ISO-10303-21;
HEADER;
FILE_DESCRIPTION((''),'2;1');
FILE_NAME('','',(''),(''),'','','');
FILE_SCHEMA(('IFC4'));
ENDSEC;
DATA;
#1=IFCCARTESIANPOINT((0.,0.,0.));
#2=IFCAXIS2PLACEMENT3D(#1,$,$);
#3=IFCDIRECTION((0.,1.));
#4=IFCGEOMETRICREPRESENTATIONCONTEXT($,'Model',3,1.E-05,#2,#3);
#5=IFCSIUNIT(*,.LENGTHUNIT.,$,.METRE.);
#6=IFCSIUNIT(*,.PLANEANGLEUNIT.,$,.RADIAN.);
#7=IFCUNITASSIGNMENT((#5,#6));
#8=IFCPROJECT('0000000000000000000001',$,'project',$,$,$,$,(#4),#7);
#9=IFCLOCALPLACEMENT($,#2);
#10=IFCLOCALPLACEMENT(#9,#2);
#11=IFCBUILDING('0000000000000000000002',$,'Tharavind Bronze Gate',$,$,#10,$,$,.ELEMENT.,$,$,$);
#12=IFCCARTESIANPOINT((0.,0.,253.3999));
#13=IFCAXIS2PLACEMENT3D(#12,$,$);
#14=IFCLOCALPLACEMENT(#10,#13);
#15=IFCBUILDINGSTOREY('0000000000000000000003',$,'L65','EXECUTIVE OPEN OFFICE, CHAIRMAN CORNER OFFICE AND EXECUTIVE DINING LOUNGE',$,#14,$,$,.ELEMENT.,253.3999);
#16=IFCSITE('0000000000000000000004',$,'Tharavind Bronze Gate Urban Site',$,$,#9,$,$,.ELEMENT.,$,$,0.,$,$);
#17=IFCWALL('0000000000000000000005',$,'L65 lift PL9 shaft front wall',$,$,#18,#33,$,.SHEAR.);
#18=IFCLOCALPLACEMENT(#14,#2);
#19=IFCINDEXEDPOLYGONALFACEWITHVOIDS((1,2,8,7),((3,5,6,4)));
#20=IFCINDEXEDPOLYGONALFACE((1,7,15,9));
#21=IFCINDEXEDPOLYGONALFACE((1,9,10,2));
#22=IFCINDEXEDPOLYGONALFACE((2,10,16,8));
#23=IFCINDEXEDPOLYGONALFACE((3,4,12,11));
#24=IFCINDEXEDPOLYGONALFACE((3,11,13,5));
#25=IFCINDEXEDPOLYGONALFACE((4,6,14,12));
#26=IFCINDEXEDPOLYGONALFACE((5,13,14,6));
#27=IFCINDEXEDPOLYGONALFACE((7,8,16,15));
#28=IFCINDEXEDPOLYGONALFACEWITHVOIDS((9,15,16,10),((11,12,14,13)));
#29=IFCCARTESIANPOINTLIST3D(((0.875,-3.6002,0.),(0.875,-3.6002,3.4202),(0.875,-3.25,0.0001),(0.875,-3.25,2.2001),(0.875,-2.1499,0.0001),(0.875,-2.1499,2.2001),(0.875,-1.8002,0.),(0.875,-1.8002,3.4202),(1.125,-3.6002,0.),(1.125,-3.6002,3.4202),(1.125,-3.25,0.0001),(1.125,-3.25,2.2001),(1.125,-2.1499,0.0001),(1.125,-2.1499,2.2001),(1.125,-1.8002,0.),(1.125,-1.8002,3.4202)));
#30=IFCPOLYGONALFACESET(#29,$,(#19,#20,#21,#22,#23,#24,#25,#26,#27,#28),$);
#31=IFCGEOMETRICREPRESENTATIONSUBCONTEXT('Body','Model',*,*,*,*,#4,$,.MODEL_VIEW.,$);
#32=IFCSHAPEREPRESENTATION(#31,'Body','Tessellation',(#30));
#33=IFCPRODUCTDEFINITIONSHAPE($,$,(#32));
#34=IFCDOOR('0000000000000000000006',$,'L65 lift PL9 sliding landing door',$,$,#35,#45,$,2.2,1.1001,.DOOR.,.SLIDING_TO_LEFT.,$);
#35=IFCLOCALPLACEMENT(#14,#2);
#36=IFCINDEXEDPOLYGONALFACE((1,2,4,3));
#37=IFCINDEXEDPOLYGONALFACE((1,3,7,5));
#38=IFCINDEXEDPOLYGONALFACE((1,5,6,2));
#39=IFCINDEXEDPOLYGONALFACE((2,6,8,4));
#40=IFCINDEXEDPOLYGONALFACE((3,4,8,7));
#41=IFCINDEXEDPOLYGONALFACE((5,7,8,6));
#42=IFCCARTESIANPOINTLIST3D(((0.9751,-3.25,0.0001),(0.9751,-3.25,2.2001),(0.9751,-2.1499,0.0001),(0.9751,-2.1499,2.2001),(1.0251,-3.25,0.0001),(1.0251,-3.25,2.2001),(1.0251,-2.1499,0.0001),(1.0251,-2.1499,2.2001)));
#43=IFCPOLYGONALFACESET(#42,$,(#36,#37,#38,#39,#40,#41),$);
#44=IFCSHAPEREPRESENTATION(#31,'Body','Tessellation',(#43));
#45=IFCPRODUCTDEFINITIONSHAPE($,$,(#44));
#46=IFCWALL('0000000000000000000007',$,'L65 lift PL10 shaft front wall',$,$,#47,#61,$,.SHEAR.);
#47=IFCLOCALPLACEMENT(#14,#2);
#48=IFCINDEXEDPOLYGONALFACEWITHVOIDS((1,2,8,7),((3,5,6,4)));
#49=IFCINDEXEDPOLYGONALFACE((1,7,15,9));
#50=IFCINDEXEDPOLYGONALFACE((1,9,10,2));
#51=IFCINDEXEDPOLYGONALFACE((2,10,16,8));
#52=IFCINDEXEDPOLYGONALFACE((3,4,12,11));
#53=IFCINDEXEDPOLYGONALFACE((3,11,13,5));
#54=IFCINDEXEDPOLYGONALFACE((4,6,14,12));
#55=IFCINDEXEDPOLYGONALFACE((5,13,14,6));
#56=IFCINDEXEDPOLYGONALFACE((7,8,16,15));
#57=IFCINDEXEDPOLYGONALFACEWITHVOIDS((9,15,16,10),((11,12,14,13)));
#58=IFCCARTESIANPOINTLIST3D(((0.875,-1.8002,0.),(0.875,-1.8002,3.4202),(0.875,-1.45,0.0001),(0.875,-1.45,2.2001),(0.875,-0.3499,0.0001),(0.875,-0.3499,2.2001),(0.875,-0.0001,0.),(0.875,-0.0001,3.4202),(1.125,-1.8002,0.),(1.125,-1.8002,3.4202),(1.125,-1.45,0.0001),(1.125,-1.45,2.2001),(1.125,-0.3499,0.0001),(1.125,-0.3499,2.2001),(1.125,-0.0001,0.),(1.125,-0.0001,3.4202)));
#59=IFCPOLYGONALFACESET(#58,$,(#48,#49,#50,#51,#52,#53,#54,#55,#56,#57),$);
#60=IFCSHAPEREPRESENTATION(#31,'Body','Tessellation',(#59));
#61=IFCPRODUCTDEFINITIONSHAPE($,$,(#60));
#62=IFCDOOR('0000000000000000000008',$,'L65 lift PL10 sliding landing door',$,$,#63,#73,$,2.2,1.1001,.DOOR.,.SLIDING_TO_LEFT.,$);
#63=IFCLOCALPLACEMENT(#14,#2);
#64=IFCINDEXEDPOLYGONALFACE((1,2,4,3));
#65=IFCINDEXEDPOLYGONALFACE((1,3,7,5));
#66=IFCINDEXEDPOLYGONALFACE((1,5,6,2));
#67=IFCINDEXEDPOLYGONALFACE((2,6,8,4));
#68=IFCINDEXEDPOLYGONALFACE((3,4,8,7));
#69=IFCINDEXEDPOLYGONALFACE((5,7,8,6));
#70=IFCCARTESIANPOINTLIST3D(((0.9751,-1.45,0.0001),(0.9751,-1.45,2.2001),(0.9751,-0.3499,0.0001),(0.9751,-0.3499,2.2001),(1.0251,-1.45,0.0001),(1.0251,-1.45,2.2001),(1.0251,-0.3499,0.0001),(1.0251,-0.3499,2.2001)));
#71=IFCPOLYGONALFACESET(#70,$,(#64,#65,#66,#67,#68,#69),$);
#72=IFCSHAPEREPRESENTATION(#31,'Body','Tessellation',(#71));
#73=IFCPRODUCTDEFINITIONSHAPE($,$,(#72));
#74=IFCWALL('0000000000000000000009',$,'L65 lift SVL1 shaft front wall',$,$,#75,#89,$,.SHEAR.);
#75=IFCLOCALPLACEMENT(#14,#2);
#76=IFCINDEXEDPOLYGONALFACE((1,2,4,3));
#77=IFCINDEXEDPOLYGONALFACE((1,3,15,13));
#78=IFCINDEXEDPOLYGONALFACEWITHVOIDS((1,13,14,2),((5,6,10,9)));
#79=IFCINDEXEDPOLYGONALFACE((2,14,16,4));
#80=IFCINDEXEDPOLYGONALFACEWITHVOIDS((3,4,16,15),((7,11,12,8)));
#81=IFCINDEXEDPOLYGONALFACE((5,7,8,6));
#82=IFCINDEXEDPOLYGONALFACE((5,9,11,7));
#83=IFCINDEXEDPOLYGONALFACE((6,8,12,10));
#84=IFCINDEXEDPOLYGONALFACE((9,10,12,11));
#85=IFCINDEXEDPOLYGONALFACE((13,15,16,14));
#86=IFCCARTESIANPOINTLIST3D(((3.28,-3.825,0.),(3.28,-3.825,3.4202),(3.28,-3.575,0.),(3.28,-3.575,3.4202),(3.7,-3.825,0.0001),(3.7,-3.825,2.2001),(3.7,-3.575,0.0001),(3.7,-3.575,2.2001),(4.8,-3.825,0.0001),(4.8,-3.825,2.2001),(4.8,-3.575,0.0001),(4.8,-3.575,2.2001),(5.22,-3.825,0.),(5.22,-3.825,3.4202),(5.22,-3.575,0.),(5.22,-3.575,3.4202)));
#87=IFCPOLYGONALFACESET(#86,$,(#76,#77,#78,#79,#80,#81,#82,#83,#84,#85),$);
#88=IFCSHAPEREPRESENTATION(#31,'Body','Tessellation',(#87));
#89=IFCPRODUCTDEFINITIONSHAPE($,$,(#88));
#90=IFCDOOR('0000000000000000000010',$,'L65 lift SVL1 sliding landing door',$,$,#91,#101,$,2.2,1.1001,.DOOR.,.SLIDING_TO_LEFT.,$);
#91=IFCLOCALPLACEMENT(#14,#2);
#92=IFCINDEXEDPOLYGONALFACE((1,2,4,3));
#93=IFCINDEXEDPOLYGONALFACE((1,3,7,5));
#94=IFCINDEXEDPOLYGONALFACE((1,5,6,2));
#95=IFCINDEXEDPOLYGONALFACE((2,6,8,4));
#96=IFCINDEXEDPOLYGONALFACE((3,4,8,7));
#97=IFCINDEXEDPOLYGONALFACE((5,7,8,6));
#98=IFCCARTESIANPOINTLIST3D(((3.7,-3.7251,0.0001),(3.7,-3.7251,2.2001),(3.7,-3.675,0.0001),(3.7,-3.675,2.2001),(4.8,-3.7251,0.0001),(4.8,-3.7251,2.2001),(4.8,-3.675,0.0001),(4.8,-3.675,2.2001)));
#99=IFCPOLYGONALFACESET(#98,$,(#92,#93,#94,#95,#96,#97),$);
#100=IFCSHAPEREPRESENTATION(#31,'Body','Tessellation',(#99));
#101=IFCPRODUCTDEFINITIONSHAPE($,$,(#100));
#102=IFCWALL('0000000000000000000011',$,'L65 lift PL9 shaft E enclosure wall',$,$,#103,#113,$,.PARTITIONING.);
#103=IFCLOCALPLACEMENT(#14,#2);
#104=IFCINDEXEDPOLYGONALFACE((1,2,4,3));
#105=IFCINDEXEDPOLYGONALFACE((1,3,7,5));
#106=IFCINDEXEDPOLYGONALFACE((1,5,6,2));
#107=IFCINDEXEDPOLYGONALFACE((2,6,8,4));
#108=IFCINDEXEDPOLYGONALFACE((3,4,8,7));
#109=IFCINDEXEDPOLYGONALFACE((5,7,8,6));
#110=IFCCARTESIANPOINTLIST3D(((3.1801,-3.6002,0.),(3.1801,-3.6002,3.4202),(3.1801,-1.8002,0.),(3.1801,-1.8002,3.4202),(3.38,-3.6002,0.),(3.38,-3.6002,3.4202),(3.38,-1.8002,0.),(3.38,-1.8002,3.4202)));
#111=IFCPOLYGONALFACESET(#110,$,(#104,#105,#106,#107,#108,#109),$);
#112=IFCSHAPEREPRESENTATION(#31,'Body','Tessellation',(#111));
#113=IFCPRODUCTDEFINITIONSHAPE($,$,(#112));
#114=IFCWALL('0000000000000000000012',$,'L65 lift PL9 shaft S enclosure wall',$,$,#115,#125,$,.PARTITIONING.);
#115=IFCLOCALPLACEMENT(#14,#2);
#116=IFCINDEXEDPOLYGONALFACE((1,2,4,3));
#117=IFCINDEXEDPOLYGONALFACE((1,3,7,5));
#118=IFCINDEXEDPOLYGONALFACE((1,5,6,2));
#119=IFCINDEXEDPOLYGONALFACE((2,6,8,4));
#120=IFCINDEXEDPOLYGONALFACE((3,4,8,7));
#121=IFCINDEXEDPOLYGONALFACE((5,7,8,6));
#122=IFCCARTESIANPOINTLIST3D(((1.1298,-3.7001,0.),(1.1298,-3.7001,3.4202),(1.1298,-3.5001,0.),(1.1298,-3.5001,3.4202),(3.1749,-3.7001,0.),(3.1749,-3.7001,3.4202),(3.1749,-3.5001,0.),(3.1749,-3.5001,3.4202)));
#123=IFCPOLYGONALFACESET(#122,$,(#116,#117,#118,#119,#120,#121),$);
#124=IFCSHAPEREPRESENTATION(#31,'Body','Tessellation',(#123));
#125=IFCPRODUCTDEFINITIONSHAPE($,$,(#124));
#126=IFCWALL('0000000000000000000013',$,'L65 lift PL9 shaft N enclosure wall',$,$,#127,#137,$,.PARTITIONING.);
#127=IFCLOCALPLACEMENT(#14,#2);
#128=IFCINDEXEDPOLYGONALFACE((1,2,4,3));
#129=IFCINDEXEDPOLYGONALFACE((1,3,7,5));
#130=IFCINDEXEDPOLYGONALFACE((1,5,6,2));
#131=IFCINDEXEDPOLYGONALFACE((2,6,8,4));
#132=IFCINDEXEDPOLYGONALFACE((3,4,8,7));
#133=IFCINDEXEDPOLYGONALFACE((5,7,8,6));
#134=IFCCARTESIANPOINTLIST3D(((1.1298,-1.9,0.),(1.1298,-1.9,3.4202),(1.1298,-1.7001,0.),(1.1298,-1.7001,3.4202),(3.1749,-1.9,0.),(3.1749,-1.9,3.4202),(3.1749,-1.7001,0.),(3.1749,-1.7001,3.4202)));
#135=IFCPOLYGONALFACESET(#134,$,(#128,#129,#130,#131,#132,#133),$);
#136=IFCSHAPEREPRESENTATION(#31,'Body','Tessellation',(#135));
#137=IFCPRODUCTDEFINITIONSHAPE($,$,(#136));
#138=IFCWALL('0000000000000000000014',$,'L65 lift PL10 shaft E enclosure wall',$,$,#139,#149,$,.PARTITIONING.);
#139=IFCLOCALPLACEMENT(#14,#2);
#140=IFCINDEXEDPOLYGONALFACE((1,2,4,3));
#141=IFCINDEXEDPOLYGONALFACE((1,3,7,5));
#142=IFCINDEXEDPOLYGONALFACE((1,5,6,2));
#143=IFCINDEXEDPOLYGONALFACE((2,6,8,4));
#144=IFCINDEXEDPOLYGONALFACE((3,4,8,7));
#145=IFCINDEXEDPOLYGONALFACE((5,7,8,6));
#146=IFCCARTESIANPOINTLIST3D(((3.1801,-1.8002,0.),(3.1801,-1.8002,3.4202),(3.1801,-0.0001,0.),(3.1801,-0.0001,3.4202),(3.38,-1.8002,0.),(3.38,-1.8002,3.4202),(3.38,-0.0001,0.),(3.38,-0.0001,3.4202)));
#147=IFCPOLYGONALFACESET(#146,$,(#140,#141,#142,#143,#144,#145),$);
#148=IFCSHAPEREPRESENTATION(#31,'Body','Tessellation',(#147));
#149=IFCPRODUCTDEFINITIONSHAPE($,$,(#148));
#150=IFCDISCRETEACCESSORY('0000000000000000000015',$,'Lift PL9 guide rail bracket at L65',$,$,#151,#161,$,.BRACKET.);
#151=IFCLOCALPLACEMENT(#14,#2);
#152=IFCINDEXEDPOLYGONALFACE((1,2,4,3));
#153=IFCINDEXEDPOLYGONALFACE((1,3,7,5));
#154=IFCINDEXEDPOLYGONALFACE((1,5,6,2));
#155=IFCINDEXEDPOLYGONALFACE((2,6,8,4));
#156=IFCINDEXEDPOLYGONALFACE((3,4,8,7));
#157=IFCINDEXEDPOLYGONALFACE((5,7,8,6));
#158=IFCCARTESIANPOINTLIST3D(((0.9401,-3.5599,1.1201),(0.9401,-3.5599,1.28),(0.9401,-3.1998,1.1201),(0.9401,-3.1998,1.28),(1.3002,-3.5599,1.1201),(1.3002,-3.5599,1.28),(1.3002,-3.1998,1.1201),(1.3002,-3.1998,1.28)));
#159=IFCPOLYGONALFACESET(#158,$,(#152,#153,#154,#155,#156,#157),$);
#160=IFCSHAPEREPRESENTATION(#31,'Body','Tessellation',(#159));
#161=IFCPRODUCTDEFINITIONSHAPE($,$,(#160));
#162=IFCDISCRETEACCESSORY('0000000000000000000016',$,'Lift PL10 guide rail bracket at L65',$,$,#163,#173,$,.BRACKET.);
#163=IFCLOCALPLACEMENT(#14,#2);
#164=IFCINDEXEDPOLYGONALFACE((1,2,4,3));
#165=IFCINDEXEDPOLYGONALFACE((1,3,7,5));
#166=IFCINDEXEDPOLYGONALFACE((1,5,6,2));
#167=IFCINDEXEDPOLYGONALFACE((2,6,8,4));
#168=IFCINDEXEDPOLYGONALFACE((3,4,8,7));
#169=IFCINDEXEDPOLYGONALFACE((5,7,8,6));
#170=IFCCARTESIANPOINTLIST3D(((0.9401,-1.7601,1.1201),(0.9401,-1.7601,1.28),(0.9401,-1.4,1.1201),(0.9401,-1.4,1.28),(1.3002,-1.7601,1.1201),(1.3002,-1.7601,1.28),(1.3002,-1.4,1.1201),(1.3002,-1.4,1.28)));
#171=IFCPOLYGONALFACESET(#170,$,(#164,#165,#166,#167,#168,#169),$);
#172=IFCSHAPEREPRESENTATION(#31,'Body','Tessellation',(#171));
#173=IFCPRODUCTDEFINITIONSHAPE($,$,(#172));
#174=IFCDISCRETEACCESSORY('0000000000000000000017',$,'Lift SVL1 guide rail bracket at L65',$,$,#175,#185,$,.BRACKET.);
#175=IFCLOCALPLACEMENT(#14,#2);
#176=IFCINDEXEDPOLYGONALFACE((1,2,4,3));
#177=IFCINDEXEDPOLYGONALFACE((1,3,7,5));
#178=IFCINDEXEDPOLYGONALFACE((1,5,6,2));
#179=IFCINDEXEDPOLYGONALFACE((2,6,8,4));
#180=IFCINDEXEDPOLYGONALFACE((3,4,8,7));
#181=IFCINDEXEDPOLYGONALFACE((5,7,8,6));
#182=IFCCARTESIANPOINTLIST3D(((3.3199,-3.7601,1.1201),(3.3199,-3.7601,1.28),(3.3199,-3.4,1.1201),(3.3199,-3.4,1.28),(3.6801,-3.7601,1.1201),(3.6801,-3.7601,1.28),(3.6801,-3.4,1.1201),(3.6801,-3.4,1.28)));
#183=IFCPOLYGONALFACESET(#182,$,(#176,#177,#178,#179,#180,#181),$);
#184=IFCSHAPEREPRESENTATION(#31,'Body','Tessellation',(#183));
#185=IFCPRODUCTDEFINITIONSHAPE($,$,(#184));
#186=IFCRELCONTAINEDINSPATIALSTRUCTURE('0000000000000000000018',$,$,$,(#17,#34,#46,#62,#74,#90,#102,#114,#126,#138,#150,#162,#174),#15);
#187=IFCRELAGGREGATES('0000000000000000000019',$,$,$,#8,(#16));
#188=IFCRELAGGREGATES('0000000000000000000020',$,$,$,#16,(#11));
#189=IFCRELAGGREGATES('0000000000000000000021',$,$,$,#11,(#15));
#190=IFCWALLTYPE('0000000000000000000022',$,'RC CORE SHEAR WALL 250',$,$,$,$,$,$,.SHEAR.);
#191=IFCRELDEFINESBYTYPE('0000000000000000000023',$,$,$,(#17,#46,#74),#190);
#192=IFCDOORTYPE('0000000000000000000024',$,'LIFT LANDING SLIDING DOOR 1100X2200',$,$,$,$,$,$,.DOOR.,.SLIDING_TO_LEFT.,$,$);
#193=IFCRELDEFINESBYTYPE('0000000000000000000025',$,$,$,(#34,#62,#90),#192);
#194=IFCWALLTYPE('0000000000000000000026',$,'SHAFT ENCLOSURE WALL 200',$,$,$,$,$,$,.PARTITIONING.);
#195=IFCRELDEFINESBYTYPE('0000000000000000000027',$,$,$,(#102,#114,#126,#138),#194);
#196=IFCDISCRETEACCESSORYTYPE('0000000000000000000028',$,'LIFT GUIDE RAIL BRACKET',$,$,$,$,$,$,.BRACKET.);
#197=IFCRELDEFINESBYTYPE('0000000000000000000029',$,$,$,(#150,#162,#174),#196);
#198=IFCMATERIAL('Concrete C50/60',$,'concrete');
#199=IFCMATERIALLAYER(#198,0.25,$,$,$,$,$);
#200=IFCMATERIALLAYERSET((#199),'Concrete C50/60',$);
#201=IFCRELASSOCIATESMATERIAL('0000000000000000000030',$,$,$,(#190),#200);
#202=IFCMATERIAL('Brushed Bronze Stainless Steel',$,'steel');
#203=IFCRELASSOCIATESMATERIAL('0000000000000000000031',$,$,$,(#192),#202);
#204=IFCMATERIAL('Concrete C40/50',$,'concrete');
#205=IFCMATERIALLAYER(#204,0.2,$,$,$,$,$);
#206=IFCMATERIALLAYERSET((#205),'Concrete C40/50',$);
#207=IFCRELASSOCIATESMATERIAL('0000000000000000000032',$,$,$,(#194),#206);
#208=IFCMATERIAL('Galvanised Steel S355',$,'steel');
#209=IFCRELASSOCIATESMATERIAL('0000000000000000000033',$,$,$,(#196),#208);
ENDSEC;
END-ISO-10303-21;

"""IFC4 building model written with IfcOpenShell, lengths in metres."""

from ifc_helpers import new_model, si_unit, direction, frame, frame_2d, origin, origin_2d, place, context, subcontext, project, spatial, rectangle, extrude, material, layer, layer_set, type_object, element, fill, save


model = new_model("IFC4")

# Units and contexts
model_context = context("Model", 3, precision=1e-05, world=origin(), true_north=direction((0.0, 1.0)))
body_context = subcontext(model_context, "Body", "Model", "MODEL_VIEW")
ifc_project = project(units=[si_unit("LENGTHUNIT", "METRE"), si_unit("PLANEANGLEUNIT", "RADIAN")], contexts=[model_context])

# Site, building, storey
site_placement = place(None, origin())
site = spatial("IfcSite", under=ifc_project, at=site_placement, Name="Tharavind Bronze Gate Urban Site", CompositionType="ELEMENT", RefElevation=0.0)
building_placement = place(site_placement, origin())
building = spatial("IfcBuilding", under=site, at=building_placement, Name="Tharavind Bronze Gate", CompositionType="ELEMENT")
storey_placement = place(building_placement, frame((0.0, 0.0, 253.3999)))
storey = spatial("IfcBuildingStorey", under=building, at=storey_placement, Name="L65", Description="EXECUTIVE OPEN OFFICE, CHAIRMAN CORNER OFFICE AND EXECUTIVE DINING LOUNGE", CompositionType="ELEMENT", Elevation=253.3999)

# Shared definitions
ifc_material_1 = material(Name="Concrete C50/60", Category="concrete")

# Shared definitions
ifc_layer_1 = layer(ifc_material_1, 0.25)
ifc_layer_set_1 = layer_set([ifc_layer_1], Name="Concrete C50/60")
wall_type_1 = type_object("IfcWallType", Name="RC CORE SHEAR WALL 250", PredefinedType="SHEAR", material=ifc_layer_set_1)

# Walls, openings, doors
wall_1_placement = place(storey_placement, frame((1.0, -3.6001, 0.0), z_axis=(0.0, 0.0, 1.0), x_axis=(0.0, 1.0, 0.0)))
wall_1 = element("IfcWall", 1, at=wall_1_placement, inside=storey, type_object=wall_type_1, Name="L65 lift PL9 shaft front wall", PredefinedType="SHEAR", context=body_context, shape_type="SweptSolid", body=[
    extrude(rectangle(XDim=1.8, YDim=0.25, at=frame_2d((0.8999, 0.0))), origin(), (0.0, 0.0, 1.0), 3.4202),
])
opening_1_placement = place(wall_1_placement, frame((0.3501, 0.0, 0.0)))
opening_1 = element("IfcOpeningElement", 2, at=opening_1_placement, cuts=wall_1, PredefinedType="OPENING", context=body_context, shape_type="SweptSolid", body=[
    extrude(rectangle(XDim=1.1001, YDim=2.2, at=frame_2d((0.55, 1.1001))), frame((0.0, 0.135, 0.0), z_axis=(0.0, -1.0, 0.0), x_axis=(1.0, 0.0, 0.0)), (0.0, 0.0, 1.0), 0.27),
])
ifc_material_2 = material(Name="Brushed Bronze Stainless Steel", Category="steel")
door_type = type_object("IfcDoorType", Name="LIFT LANDING SLIDING DOOR 1100X2200", OperationType="SLIDING_TO_LEFT", PredefinedType="DOOR", material=ifc_material_2)
door_1_placement = place(opening_1_placement, origin())
door_1 = element("IfcDoor", 3, at=door_1_placement, inside=storey, type_object=door_type, Name="L65 lift PL9 sliding landing door", OperationType="SLIDING_TO_LEFT", OverallHeight=2.2, OverallWidth=1.1001, PredefinedType="DOOR", context=body_context, shape_type="SweptSolid", body=[
    extrude(rectangle(XDim=1.1001, YDim=2.2, at=frame_2d((0.55, 1.1001))), frame((0.0, 0.0249, 0.0), z_axis=(0.0, -1.0, 0.0), x_axis=(1.0, 0.0, 0.0)), (0.0, 0.0, 1.0), 0.05),
])
fill(opening_1, door_1)
wall_2_placement = place(storey_placement, frame((1.0, -1.8, 0.0), z_axis=(0.0, 0.0, 1.0), x_axis=(0.0, 1.0, 0.0)))
wall_2 = element("IfcWall", 4, at=wall_2_placement, inside=storey, type_object=wall_type_1, Name="L65 lift PL10 shaft front wall", PredefinedType="SHEAR", context=body_context, shape_type="SweptSolid", body=[
    extrude(rectangle(XDim=1.8, YDim=0.25, at=frame_2d((0.8999, 0.0))), origin(), (0.0, 0.0, 1.0), 3.4202),
])
opening_2_placement = place(wall_2_placement, frame((0.3501, 0.0, 0.0)))
opening_2 = element("IfcOpeningElement", 5, at=opening_2_placement, cuts=wall_2, PredefinedType="OPENING", context=body_context, shape_type="SweptSolid", body=[
    extrude(rectangle(XDim=1.1001, YDim=2.2, at=frame_2d((0.55, 1.1001))), frame((0.0, 0.135, 0.0), z_axis=(0.0, -1.0, 0.0), x_axis=(1.0, 0.0, 0.0)), (0.0, 0.0, 1.0), 0.27),
])
door_2_placement = place(opening_2_placement, origin())
door_2 = element("IfcDoor", 6, at=door_2_placement, inside=storey, type_object=door_type, Name="L65 lift PL10 sliding landing door", OperationType="SLIDING_TO_LEFT", OverallHeight=2.2, OverallWidth=1.1001, PredefinedType="DOOR", context=body_context, shape_type="SweptSolid", body=[
    extrude(rectangle(XDim=1.1001, YDim=2.2, at=frame_2d((0.55, 1.1001))), frame((0.0, 0.0249, 0.0), z_axis=(0.0, -1.0, 0.0), x_axis=(1.0, 0.0, 0.0)), (0.0, 0.0, 1.0), 0.05),
])
fill(opening_2, door_2)
wall_3_placement = place(storey_placement, frame((3.28, -3.7, 0.0), z_axis=(0.0, 0.0, 1.0), x_axis=(1.0, 0.0, 0.0)))
wall_3 = element("IfcWall", 7, at=wall_3_placement, inside=storey, type_object=wall_type_1, Name="L65 lift SVL1 shaft front wall", PredefinedType="SHEAR", context=body_context, shape_type="SweptSolid", body=[
    extrude(rectangle(XDim=1.9399, YDim=0.25, at=frame_2d((0.97, 0.0))), origin(), (0.0, 0.0, 1.0), 3.4202),
])
opening_3_placement = place(wall_3_placement, frame((0.4199, 0.0, 0.0)))
opening_3 = element("IfcOpeningElement", 8, at=opening_3_placement, cuts=wall_3, PredefinedType="OPENING", context=body_context, shape_type="SweptSolid", body=[
    extrude(rectangle(XDim=1.1001, YDim=2.2, at=frame_2d((0.55, 1.1001))), frame((0.0, 0.135, 0.0), z_axis=(0.0, -1.0, 0.0), x_axis=(1.0, 0.0, 0.0)), (0.0, 0.0, 1.0), 0.27),
])
door_3_placement = place(opening_3_placement, origin())
door_3 = element("IfcDoor", 9, at=door_3_placement, inside=storey, type_object=door_type, Name="L65 lift SVL1 sliding landing door", OperationType="SLIDING_TO_LEFT", OverallHeight=2.2, OverallWidth=1.1001, PredefinedType="DOOR", context=body_context, shape_type="SweptSolid", body=[
    extrude(rectangle(XDim=1.1001, YDim=2.2, at=frame_2d((0.55, 1.1001))), frame((0.0, 0.0249, 0.0), z_axis=(0.0, -1.0, 0.0), x_axis=(1.0, 0.0, 0.0)), (0.0, 0.0, 1.0), 0.05),
])
fill(opening_3, door_3)

# Walls
ifc_material_3 = material(Name="Concrete C40/50", Category="concrete")
ifc_layer_2 = layer(ifc_material_3, 0.2)
ifc_layer_set_2 = layer_set([ifc_layer_2], Name="Concrete C40/50")
wall_type_2 = type_object("IfcWallType", Name="SHAFT ENCLOSURE WALL 200", PredefinedType="PARTITIONING", material=ifc_layer_set_2)
wall_4_placement = place(storey_placement, frame((3.28, -3.6001, 0.0), z_axis=(0.0, 0.0, 1.0), x_axis=(0.0, 1.0, 0.0)))
element("IfcWall", 10, at=wall_4_placement, inside=storey, type_object=wall_type_2, Name="L65 lift PL9 shaft E enclosure wall", PredefinedType="PARTITIONING", context=body_context, shape_type="SweptSolid", body=[
    extrude(rectangle(XDim=1.8, YDim=0.2, at=frame_2d((0.8999, 0.0))), origin(), (0.0, 0.0, 1.0), 3.4202),
])
for number, where, z_axis, x_axis, name in (
    (11, (1.1299, -3.6001, 0.0), (0.0, 0.0, 1.0), (1.0, 0.0, 0.0), "L65 lift PL9 shaft S enclosure wall"),
    (12, (1.1299, -1.8, 0.0), (0.0, 0.0, 1.0), (1.0, 0.0, 0.0), "L65 lift PL9 shaft N enclosure wall"),
):
    element("IfcWall", number, at=place(storey_placement, frame(where, z_axis=z_axis, x_axis=x_axis)), inside=storey, type_object=wall_type_2, Name=name, PredefinedType="PARTITIONING", context=body_context, shape_type="SweptSolid", body=[
        extrude(rectangle(XDim=2.0452, YDim=0.2, at=frame_2d((1.0225, 0.0))), origin(), (0.0, 0.0, 1.0), 3.4202),
    ])
wall_5_placement = place(storey_placement, frame((3.28, -1.8, 0.0), z_axis=(0.0, 0.0, 1.0), x_axis=(0.0, 1.0, 0.0)))
element("IfcWall", 13, at=wall_5_placement, inside=storey, type_object=wall_type_2, Name="L65 lift PL10 shaft E enclosure wall", PredefinedType="PARTITIONING", context=body_context, shape_type="SweptSolid", body=[
    extrude(rectangle(XDim=1.8, YDim=0.2, at=frame_2d((0.8999, 0.0))), origin(), (0.0, 0.0, 1.0), 3.4202),
])

# Discrete accessories
ifc_material_4 = material(Name="Galvanised Steel S355", Category="steel")
discrete_accessory_type = type_object("IfcDiscreteAccessoryType", Name="LIFT GUIDE RAIL BRACKET", PredefinedType="BRACKET", material=ifc_material_4)
for number, where, z_axis, x_axis, name in (
    (14, (1.1201, -3.3799, 1.1201), (0.0, 0.0, 1.0), (1.0, 0.0, 0.0), "Lift PL9 guide rail bracket at L65"),
    (15, (1.1201, -1.5801, 1.1201), (0.0, 0.0, 1.0), (1.0, 0.0, 0.0), "Lift PL10 guide rail bracket at L65"),
    (16, (3.5, -3.5801, 1.1201), (0.0, 0.0, 1.0), (1.0, 0.0, 0.0), "Lift SVL1 guide rail bracket at L65"),
):
    element("IfcDiscreteAccessory", number, at=place(storey_placement, frame(where, z_axis=z_axis, x_axis=x_axis)), inside=storey, type_object=discrete_accessory_type, Name=name, PredefinedType="BRACKET", context=body_context, shape_type="SweptSolid", body=[
        extrude(rectangle(XDim=0.3601, YDim=0.3601, at=origin_2d()), origin(), (0.0, 0.0, 1.0), 0.1599),
    ])

save(model, "model.ifc")
